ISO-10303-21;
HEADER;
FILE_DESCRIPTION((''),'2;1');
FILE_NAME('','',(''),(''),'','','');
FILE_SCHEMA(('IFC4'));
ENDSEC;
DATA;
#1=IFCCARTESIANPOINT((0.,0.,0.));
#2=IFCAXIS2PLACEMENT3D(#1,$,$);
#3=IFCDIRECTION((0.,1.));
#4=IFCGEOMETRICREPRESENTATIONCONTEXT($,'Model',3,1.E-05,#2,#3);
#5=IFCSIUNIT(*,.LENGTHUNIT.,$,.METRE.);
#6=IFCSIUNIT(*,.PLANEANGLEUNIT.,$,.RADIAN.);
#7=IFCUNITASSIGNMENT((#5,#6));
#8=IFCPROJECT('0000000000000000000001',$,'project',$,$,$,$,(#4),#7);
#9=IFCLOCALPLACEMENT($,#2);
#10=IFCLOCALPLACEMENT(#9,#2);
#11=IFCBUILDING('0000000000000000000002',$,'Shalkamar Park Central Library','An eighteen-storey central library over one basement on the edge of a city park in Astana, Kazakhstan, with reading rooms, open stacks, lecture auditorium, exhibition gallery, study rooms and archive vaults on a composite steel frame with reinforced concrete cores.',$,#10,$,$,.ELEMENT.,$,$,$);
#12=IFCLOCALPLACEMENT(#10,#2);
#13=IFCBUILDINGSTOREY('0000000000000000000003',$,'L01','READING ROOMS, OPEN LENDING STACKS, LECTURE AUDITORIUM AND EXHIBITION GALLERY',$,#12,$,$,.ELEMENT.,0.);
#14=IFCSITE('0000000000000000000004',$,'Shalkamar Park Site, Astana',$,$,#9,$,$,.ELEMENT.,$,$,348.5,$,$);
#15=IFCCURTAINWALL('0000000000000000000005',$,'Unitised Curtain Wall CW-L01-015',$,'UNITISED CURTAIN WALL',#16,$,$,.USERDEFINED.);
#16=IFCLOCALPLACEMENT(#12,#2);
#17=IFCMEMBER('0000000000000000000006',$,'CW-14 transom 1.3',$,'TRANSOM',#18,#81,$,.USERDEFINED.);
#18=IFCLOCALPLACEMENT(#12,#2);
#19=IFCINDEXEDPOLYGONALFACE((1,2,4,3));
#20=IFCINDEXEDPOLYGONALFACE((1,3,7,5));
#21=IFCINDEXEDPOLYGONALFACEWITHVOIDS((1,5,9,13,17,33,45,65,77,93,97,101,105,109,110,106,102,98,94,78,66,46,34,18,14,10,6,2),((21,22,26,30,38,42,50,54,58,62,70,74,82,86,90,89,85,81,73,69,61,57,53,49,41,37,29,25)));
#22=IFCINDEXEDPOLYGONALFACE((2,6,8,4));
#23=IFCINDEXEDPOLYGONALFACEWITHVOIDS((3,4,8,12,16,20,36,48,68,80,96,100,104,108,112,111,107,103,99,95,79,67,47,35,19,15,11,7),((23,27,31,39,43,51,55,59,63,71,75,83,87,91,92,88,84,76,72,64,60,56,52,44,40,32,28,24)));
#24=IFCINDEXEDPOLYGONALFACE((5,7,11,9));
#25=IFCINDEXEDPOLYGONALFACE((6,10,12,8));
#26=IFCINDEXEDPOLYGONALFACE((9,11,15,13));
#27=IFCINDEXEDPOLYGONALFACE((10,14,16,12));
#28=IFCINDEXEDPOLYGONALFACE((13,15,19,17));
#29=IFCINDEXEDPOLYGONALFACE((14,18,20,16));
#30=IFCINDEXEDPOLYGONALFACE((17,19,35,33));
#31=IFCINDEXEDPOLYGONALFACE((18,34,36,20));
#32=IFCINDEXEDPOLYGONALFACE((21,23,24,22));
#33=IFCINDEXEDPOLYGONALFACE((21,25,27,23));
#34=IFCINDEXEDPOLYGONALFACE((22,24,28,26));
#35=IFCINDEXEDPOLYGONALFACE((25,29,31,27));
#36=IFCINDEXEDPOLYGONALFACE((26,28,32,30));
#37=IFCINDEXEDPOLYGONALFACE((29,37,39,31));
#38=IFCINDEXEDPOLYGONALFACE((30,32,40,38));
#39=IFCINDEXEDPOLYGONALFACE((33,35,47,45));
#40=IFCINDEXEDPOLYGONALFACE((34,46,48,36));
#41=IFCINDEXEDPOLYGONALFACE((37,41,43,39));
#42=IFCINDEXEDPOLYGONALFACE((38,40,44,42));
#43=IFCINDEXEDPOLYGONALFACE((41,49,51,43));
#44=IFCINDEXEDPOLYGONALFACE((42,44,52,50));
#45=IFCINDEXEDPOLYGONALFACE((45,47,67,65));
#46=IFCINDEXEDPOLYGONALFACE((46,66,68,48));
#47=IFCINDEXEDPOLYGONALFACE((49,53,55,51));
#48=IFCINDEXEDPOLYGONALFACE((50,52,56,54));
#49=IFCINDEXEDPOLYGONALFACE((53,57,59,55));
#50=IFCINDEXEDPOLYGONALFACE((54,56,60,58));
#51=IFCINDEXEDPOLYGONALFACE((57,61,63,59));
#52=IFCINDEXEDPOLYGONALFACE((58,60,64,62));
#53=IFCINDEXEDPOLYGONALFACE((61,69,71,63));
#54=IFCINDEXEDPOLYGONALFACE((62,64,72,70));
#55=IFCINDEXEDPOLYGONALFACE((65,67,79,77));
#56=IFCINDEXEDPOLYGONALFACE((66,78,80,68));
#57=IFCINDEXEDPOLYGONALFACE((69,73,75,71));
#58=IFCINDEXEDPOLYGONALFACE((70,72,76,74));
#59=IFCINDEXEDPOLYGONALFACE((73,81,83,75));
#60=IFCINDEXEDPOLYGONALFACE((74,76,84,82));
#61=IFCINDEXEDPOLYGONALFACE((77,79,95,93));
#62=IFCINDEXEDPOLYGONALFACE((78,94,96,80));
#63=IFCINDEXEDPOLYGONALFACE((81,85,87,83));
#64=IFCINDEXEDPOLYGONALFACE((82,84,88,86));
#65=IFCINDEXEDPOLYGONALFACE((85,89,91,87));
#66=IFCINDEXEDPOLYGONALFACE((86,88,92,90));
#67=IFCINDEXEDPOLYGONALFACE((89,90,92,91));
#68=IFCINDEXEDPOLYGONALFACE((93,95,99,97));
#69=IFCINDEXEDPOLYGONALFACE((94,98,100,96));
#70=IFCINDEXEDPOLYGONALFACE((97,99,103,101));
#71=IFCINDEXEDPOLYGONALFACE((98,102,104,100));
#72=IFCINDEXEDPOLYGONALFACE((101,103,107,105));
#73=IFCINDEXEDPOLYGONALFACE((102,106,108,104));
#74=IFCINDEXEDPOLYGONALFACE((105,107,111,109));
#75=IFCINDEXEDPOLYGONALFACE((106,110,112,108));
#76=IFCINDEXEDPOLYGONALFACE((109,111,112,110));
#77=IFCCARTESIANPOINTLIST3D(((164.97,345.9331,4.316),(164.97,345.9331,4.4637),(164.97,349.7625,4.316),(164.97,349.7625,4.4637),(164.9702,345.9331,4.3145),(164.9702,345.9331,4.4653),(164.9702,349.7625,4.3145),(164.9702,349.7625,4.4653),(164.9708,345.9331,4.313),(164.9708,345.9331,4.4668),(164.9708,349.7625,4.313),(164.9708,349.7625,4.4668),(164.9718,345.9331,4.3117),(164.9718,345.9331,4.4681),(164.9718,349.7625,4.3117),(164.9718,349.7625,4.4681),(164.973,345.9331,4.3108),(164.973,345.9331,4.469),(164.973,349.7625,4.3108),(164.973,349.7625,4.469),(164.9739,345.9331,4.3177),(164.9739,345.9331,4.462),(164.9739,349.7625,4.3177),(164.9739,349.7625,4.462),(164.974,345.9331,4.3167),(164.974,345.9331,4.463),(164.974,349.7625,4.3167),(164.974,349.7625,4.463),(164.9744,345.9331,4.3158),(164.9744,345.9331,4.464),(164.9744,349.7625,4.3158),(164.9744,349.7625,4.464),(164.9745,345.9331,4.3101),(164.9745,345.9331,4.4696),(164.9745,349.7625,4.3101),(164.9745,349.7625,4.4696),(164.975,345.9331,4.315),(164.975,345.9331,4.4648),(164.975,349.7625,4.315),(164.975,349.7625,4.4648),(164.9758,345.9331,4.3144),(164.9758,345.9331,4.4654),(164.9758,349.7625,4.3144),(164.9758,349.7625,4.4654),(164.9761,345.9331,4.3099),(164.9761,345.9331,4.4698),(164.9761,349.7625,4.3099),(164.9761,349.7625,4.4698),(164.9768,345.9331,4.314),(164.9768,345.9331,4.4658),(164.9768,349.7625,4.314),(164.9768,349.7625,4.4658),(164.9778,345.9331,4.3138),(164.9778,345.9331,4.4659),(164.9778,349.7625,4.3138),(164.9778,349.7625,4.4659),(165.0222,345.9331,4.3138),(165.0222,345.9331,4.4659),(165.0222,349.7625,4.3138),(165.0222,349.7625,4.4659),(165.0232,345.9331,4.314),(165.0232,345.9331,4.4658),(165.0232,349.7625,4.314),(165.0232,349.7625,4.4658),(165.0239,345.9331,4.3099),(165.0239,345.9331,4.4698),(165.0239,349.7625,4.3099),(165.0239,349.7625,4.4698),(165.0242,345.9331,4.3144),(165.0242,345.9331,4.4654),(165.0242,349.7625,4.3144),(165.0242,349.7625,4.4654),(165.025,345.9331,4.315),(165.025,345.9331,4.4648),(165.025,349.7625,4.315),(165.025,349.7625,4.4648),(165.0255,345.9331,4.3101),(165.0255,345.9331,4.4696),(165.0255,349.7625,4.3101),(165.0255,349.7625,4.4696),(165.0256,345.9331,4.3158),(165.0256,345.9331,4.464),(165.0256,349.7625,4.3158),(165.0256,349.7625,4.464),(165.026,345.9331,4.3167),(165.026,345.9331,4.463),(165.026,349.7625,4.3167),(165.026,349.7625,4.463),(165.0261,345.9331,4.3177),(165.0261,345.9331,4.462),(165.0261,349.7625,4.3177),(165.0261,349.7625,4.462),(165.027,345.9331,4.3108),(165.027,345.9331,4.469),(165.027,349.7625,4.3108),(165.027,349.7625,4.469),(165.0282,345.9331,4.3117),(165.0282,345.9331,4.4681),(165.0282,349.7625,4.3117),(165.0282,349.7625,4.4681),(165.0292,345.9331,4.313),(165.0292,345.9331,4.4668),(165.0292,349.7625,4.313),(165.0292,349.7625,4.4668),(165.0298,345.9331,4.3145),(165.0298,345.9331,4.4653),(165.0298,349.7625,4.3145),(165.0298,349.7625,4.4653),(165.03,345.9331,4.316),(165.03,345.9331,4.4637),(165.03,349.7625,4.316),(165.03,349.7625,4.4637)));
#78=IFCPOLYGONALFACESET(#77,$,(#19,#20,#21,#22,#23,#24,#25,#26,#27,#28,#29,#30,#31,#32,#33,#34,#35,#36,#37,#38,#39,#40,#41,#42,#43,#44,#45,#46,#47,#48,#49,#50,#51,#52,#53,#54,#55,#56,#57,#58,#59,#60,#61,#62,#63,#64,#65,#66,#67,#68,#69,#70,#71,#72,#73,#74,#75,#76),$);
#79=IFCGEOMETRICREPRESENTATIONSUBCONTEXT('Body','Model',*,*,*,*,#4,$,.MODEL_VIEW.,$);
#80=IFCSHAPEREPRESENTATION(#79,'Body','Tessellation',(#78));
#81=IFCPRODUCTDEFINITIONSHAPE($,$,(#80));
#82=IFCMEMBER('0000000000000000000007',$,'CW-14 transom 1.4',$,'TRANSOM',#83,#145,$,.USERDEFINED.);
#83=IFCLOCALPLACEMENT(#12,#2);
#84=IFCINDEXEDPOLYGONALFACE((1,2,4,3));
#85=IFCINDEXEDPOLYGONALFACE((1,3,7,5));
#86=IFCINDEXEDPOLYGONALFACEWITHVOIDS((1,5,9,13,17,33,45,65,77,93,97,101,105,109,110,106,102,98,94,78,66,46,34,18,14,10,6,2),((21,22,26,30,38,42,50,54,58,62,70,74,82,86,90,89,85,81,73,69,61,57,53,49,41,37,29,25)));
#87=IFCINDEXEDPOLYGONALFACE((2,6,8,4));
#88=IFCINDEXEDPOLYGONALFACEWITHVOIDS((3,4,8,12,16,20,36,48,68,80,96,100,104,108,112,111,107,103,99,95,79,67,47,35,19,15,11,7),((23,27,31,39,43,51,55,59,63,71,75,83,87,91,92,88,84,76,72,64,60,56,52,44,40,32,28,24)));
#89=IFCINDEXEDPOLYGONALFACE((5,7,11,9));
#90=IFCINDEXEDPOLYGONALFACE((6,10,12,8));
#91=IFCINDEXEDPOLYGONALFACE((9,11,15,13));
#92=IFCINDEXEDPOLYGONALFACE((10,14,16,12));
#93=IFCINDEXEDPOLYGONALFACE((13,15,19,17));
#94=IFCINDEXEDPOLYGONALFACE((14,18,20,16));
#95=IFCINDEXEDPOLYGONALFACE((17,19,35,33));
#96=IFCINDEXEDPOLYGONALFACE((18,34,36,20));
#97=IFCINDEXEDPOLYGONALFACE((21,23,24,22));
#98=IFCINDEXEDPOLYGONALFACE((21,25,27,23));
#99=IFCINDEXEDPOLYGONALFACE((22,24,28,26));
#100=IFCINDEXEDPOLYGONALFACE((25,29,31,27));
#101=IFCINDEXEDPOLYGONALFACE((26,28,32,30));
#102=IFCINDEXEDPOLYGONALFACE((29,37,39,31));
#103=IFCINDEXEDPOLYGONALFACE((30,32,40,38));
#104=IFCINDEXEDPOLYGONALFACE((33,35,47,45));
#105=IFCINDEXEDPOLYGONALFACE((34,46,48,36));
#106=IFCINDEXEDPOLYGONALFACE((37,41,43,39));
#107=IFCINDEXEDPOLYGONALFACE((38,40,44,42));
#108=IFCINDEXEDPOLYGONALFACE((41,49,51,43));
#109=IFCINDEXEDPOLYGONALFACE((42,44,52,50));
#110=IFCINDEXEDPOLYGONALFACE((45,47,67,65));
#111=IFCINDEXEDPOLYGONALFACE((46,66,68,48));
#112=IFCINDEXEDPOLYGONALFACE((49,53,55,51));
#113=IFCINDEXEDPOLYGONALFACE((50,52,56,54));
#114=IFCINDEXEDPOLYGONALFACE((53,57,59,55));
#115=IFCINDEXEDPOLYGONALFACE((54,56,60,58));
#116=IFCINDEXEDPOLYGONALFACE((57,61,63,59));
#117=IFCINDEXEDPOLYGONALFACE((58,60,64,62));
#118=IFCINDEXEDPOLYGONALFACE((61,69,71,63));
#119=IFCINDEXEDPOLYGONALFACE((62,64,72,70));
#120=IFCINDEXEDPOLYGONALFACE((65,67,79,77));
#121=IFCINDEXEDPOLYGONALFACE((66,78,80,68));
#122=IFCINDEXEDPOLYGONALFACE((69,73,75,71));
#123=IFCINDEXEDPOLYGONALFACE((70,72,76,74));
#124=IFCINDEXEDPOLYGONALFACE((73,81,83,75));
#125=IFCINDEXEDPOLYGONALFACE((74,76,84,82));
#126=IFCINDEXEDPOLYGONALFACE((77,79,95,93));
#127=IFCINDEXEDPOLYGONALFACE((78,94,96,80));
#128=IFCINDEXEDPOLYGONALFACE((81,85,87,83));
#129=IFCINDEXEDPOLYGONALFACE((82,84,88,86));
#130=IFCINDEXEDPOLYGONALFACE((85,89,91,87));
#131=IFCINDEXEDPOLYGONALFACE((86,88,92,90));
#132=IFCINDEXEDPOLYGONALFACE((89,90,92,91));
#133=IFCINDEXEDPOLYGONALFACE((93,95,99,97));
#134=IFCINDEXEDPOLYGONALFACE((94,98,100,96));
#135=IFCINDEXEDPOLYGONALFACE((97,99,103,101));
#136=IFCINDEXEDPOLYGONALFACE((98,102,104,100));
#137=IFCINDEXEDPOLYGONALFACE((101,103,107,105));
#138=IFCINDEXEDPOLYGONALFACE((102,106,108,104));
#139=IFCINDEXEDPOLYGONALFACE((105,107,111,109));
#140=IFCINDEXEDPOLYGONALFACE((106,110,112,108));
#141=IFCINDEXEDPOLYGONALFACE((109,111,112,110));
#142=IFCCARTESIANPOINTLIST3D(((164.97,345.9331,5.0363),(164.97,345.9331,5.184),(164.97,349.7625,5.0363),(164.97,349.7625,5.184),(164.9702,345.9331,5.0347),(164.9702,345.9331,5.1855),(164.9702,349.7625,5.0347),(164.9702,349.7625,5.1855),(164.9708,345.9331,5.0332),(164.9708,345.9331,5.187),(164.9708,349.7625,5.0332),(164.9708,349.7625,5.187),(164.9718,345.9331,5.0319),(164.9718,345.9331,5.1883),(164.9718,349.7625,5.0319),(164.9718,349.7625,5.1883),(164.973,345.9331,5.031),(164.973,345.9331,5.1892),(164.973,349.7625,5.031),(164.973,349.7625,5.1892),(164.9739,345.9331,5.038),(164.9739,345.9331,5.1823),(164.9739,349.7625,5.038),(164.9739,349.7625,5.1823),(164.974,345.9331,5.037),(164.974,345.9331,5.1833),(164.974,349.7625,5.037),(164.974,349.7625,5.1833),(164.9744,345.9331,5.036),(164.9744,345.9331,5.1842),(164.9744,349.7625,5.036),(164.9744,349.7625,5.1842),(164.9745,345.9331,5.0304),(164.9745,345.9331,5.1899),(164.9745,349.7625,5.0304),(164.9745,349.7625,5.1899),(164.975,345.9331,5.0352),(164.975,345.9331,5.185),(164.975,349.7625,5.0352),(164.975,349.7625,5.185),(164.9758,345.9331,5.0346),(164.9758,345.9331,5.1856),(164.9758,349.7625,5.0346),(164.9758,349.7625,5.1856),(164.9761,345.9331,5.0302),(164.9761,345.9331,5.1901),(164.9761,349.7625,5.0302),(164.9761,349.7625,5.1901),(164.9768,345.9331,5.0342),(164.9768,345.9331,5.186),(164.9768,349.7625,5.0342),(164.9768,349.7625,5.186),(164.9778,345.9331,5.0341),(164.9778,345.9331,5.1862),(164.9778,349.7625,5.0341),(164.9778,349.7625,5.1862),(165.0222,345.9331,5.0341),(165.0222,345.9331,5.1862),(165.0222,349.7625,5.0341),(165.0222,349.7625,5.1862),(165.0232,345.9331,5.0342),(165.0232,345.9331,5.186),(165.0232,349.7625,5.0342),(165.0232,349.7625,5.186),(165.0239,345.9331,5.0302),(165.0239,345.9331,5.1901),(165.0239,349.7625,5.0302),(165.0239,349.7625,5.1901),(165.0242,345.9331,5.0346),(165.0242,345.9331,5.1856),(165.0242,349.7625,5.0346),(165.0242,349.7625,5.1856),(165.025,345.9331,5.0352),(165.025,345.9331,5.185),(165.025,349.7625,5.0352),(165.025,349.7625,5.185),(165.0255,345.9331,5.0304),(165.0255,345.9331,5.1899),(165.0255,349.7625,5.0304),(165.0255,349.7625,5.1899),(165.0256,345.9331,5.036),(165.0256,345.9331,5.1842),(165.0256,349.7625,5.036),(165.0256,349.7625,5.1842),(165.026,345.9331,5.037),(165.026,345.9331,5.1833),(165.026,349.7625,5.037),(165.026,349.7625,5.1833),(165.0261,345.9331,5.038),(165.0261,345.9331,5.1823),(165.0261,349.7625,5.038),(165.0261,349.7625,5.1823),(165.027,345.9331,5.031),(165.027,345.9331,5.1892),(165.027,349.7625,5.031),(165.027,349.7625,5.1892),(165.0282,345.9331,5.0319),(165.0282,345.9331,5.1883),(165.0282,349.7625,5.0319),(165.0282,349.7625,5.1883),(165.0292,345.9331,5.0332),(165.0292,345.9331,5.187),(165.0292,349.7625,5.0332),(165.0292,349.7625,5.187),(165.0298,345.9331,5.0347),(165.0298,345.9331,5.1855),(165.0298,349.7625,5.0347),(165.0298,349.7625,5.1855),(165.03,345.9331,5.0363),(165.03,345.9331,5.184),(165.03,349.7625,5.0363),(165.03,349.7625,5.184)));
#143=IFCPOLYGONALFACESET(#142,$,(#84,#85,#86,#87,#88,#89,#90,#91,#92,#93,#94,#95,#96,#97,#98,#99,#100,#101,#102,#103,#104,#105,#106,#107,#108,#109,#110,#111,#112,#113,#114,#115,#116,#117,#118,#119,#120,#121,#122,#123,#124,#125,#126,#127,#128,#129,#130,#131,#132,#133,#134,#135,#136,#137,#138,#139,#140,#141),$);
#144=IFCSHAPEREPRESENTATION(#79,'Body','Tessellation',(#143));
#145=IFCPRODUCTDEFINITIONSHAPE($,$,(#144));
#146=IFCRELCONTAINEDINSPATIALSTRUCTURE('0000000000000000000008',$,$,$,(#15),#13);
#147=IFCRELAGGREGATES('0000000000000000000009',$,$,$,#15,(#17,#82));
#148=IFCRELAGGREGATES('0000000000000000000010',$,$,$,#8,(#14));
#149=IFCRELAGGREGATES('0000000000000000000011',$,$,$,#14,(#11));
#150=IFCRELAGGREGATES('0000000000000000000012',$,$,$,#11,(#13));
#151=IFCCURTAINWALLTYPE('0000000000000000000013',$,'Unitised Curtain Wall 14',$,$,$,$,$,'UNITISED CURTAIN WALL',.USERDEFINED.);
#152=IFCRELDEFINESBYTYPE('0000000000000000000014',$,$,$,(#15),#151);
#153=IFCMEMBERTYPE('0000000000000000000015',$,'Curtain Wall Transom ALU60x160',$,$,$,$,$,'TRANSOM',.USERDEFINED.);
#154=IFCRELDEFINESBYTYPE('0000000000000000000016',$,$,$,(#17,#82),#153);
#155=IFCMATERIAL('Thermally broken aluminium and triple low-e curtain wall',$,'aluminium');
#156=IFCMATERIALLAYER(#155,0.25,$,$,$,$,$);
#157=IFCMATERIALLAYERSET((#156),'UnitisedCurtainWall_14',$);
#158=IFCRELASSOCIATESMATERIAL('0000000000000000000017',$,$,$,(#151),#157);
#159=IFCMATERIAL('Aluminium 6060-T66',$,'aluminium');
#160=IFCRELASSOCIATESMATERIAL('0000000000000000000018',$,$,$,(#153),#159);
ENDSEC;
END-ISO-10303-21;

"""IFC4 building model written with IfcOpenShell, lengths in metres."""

from ifc_helpers import new_model, si_unit, direction, frame, origin, origin_2d, place, context, subcontext, project, spatial, hollow_rectangle, extrude, material, layer, layer_set, material_profile, profile_set, type_object, element, aggregate, save


model = new_model("IFC4")

# Units and contexts
model_context = context("Model", 3, precision=1e-05, world=origin(), true_north=direction((0.0, 1.0)))
body_context = subcontext(model_context, "Body", "Model", "MODEL_VIEW")
ifc_project = project(units=[si_unit("LENGTHUNIT", "METRE"), si_unit("PLANEANGLEUNIT", "RADIAN")], contexts=[model_context])

# Site, building, storey
site_placement = place(None, origin())
site = spatial("IfcSite", under=ifc_project, at=site_placement, Name="Shalkamar Park Site, Astana", CompositionType="ELEMENT", RefElevation=348.5)
building_placement = place(site_placement, origin())
building = spatial("IfcBuilding", under=site, at=building_placement, Name="Shalkamar Park Central Library", Description="An eighteen-storey central library over one basement on the edge of a city park in Astana, Kazakhstan, with reading rooms, open stacks, lecture auditorium, exhibition gallery, study rooms and archive vaults on a composite steel frame with reinforced concrete cores.", CompositionType="ELEMENT")
storey_placement = place(building_placement, origin())
storey = spatial("IfcBuildingStorey", under=building, at=storey_placement, Name="L01", Description="READING ROOMS, OPEN LENDING STACKS, LECTURE AUDITORIUM AND EXHIBITION GALLERY", CompositionType="ELEMENT", Elevation=0.0)

# Curtain wall
ifc_material_1 = material(Name="Thermally broken aluminium and triple low-e curtain wall", Category="aluminium")
ifc_layer_1 = layer(ifc_material_1, 0.25)
ifc_layer_set_1 = layer_set([ifc_layer_1], Name="UnitisedCurtainWall_14")
curtain_wall_type_1 = type_object("IfcCurtainWallType", Name="Unitised Curtain Wall 14", ElementType="UNITISED CURTAIN WALL", PredefinedType="USERDEFINED", material=ifc_layer_set_1)
curtain_wall_1_placement = place(storey_placement, origin())
curtain_wall_1 = element("IfcCurtainWall", 1, at=curtain_wall_1_placement, inside=storey, type_object=curtain_wall_type_1, Name="Unitised Curtain Wall CW-L01-015", ObjectType="UNITISED CURTAIN WALL", PredefinedType="USERDEFINED")
ifc_material_2 = material(Name="Aluminium 6060-T66", Category="aluminium")

# Members
ifc_material_profile_1 = material_profile(ifc_material_2, hollow_rectangle(XDim=0.0601, YDim=0.1599, WallThickness=0.0039, InnerFilletRadius=0.0039, OuterFilletRadius=0.0061, at=origin_2d()), Name="ALU 60x160x4")
ifc_profile_set_1 = profile_set([ifc_material_profile_1], Name="Aluminium 6060-T66")
member_type_1 = type_object("IfcMemberType", Name="Curtain Wall Transom ALU60x160", ElementType="TRANSOM", PredefinedType="USERDEFINED", material=ifc_profile_set_1)
member_1_placement = place(storey_placement, frame((165.0, 345.9331, 4.3899), z_axis=(0.0, 1.0, 0.0), x_axis=(-1.0, 0.0, 0.0)))
member_1 = element("IfcMember", 2, at=member_1_placement, type_object=member_type_1, Name="CW-14 transom 1.3", ObjectType="TRANSOM", PredefinedType="USERDEFINED", context=body_context, shape_type="SweptSolid", body=[
    extrude(hollow_rectangle(XDim=0.0601, YDim=0.1599, WallThickness=0.0039, InnerFilletRadius=0.0039, OuterFilletRadius=0.0061, at=origin_2d()), origin(), (0.0, 0.0, 1.0), 3.8293),
])
member_2_placement = place(storey_placement, frame((165.0, 345.9331, 5.1101), z_axis=(0.0, 1.0, 0.0), x_axis=(-1.0, 0.0, 0.0)))
member_2 = element("IfcMember", 3, at=member_2_placement, type_object=member_type_1, Name="CW-14 transom 1.4", ObjectType="TRANSOM", PredefinedType="USERDEFINED", context=body_context, shape_type="SweptSolid", body=[
    extrude(hollow_rectangle(XDim=0.0601, YDim=0.1599, WallThickness=0.0039, InnerFilletRadius=0.0039, OuterFilletRadius=0.0061, at=origin_2d()), origin(), (0.0, 0.0, 1.0), 3.8293),
])

aggregate(curtain_wall_1, [member_1, member_2])

save(model, "model.ifc")
